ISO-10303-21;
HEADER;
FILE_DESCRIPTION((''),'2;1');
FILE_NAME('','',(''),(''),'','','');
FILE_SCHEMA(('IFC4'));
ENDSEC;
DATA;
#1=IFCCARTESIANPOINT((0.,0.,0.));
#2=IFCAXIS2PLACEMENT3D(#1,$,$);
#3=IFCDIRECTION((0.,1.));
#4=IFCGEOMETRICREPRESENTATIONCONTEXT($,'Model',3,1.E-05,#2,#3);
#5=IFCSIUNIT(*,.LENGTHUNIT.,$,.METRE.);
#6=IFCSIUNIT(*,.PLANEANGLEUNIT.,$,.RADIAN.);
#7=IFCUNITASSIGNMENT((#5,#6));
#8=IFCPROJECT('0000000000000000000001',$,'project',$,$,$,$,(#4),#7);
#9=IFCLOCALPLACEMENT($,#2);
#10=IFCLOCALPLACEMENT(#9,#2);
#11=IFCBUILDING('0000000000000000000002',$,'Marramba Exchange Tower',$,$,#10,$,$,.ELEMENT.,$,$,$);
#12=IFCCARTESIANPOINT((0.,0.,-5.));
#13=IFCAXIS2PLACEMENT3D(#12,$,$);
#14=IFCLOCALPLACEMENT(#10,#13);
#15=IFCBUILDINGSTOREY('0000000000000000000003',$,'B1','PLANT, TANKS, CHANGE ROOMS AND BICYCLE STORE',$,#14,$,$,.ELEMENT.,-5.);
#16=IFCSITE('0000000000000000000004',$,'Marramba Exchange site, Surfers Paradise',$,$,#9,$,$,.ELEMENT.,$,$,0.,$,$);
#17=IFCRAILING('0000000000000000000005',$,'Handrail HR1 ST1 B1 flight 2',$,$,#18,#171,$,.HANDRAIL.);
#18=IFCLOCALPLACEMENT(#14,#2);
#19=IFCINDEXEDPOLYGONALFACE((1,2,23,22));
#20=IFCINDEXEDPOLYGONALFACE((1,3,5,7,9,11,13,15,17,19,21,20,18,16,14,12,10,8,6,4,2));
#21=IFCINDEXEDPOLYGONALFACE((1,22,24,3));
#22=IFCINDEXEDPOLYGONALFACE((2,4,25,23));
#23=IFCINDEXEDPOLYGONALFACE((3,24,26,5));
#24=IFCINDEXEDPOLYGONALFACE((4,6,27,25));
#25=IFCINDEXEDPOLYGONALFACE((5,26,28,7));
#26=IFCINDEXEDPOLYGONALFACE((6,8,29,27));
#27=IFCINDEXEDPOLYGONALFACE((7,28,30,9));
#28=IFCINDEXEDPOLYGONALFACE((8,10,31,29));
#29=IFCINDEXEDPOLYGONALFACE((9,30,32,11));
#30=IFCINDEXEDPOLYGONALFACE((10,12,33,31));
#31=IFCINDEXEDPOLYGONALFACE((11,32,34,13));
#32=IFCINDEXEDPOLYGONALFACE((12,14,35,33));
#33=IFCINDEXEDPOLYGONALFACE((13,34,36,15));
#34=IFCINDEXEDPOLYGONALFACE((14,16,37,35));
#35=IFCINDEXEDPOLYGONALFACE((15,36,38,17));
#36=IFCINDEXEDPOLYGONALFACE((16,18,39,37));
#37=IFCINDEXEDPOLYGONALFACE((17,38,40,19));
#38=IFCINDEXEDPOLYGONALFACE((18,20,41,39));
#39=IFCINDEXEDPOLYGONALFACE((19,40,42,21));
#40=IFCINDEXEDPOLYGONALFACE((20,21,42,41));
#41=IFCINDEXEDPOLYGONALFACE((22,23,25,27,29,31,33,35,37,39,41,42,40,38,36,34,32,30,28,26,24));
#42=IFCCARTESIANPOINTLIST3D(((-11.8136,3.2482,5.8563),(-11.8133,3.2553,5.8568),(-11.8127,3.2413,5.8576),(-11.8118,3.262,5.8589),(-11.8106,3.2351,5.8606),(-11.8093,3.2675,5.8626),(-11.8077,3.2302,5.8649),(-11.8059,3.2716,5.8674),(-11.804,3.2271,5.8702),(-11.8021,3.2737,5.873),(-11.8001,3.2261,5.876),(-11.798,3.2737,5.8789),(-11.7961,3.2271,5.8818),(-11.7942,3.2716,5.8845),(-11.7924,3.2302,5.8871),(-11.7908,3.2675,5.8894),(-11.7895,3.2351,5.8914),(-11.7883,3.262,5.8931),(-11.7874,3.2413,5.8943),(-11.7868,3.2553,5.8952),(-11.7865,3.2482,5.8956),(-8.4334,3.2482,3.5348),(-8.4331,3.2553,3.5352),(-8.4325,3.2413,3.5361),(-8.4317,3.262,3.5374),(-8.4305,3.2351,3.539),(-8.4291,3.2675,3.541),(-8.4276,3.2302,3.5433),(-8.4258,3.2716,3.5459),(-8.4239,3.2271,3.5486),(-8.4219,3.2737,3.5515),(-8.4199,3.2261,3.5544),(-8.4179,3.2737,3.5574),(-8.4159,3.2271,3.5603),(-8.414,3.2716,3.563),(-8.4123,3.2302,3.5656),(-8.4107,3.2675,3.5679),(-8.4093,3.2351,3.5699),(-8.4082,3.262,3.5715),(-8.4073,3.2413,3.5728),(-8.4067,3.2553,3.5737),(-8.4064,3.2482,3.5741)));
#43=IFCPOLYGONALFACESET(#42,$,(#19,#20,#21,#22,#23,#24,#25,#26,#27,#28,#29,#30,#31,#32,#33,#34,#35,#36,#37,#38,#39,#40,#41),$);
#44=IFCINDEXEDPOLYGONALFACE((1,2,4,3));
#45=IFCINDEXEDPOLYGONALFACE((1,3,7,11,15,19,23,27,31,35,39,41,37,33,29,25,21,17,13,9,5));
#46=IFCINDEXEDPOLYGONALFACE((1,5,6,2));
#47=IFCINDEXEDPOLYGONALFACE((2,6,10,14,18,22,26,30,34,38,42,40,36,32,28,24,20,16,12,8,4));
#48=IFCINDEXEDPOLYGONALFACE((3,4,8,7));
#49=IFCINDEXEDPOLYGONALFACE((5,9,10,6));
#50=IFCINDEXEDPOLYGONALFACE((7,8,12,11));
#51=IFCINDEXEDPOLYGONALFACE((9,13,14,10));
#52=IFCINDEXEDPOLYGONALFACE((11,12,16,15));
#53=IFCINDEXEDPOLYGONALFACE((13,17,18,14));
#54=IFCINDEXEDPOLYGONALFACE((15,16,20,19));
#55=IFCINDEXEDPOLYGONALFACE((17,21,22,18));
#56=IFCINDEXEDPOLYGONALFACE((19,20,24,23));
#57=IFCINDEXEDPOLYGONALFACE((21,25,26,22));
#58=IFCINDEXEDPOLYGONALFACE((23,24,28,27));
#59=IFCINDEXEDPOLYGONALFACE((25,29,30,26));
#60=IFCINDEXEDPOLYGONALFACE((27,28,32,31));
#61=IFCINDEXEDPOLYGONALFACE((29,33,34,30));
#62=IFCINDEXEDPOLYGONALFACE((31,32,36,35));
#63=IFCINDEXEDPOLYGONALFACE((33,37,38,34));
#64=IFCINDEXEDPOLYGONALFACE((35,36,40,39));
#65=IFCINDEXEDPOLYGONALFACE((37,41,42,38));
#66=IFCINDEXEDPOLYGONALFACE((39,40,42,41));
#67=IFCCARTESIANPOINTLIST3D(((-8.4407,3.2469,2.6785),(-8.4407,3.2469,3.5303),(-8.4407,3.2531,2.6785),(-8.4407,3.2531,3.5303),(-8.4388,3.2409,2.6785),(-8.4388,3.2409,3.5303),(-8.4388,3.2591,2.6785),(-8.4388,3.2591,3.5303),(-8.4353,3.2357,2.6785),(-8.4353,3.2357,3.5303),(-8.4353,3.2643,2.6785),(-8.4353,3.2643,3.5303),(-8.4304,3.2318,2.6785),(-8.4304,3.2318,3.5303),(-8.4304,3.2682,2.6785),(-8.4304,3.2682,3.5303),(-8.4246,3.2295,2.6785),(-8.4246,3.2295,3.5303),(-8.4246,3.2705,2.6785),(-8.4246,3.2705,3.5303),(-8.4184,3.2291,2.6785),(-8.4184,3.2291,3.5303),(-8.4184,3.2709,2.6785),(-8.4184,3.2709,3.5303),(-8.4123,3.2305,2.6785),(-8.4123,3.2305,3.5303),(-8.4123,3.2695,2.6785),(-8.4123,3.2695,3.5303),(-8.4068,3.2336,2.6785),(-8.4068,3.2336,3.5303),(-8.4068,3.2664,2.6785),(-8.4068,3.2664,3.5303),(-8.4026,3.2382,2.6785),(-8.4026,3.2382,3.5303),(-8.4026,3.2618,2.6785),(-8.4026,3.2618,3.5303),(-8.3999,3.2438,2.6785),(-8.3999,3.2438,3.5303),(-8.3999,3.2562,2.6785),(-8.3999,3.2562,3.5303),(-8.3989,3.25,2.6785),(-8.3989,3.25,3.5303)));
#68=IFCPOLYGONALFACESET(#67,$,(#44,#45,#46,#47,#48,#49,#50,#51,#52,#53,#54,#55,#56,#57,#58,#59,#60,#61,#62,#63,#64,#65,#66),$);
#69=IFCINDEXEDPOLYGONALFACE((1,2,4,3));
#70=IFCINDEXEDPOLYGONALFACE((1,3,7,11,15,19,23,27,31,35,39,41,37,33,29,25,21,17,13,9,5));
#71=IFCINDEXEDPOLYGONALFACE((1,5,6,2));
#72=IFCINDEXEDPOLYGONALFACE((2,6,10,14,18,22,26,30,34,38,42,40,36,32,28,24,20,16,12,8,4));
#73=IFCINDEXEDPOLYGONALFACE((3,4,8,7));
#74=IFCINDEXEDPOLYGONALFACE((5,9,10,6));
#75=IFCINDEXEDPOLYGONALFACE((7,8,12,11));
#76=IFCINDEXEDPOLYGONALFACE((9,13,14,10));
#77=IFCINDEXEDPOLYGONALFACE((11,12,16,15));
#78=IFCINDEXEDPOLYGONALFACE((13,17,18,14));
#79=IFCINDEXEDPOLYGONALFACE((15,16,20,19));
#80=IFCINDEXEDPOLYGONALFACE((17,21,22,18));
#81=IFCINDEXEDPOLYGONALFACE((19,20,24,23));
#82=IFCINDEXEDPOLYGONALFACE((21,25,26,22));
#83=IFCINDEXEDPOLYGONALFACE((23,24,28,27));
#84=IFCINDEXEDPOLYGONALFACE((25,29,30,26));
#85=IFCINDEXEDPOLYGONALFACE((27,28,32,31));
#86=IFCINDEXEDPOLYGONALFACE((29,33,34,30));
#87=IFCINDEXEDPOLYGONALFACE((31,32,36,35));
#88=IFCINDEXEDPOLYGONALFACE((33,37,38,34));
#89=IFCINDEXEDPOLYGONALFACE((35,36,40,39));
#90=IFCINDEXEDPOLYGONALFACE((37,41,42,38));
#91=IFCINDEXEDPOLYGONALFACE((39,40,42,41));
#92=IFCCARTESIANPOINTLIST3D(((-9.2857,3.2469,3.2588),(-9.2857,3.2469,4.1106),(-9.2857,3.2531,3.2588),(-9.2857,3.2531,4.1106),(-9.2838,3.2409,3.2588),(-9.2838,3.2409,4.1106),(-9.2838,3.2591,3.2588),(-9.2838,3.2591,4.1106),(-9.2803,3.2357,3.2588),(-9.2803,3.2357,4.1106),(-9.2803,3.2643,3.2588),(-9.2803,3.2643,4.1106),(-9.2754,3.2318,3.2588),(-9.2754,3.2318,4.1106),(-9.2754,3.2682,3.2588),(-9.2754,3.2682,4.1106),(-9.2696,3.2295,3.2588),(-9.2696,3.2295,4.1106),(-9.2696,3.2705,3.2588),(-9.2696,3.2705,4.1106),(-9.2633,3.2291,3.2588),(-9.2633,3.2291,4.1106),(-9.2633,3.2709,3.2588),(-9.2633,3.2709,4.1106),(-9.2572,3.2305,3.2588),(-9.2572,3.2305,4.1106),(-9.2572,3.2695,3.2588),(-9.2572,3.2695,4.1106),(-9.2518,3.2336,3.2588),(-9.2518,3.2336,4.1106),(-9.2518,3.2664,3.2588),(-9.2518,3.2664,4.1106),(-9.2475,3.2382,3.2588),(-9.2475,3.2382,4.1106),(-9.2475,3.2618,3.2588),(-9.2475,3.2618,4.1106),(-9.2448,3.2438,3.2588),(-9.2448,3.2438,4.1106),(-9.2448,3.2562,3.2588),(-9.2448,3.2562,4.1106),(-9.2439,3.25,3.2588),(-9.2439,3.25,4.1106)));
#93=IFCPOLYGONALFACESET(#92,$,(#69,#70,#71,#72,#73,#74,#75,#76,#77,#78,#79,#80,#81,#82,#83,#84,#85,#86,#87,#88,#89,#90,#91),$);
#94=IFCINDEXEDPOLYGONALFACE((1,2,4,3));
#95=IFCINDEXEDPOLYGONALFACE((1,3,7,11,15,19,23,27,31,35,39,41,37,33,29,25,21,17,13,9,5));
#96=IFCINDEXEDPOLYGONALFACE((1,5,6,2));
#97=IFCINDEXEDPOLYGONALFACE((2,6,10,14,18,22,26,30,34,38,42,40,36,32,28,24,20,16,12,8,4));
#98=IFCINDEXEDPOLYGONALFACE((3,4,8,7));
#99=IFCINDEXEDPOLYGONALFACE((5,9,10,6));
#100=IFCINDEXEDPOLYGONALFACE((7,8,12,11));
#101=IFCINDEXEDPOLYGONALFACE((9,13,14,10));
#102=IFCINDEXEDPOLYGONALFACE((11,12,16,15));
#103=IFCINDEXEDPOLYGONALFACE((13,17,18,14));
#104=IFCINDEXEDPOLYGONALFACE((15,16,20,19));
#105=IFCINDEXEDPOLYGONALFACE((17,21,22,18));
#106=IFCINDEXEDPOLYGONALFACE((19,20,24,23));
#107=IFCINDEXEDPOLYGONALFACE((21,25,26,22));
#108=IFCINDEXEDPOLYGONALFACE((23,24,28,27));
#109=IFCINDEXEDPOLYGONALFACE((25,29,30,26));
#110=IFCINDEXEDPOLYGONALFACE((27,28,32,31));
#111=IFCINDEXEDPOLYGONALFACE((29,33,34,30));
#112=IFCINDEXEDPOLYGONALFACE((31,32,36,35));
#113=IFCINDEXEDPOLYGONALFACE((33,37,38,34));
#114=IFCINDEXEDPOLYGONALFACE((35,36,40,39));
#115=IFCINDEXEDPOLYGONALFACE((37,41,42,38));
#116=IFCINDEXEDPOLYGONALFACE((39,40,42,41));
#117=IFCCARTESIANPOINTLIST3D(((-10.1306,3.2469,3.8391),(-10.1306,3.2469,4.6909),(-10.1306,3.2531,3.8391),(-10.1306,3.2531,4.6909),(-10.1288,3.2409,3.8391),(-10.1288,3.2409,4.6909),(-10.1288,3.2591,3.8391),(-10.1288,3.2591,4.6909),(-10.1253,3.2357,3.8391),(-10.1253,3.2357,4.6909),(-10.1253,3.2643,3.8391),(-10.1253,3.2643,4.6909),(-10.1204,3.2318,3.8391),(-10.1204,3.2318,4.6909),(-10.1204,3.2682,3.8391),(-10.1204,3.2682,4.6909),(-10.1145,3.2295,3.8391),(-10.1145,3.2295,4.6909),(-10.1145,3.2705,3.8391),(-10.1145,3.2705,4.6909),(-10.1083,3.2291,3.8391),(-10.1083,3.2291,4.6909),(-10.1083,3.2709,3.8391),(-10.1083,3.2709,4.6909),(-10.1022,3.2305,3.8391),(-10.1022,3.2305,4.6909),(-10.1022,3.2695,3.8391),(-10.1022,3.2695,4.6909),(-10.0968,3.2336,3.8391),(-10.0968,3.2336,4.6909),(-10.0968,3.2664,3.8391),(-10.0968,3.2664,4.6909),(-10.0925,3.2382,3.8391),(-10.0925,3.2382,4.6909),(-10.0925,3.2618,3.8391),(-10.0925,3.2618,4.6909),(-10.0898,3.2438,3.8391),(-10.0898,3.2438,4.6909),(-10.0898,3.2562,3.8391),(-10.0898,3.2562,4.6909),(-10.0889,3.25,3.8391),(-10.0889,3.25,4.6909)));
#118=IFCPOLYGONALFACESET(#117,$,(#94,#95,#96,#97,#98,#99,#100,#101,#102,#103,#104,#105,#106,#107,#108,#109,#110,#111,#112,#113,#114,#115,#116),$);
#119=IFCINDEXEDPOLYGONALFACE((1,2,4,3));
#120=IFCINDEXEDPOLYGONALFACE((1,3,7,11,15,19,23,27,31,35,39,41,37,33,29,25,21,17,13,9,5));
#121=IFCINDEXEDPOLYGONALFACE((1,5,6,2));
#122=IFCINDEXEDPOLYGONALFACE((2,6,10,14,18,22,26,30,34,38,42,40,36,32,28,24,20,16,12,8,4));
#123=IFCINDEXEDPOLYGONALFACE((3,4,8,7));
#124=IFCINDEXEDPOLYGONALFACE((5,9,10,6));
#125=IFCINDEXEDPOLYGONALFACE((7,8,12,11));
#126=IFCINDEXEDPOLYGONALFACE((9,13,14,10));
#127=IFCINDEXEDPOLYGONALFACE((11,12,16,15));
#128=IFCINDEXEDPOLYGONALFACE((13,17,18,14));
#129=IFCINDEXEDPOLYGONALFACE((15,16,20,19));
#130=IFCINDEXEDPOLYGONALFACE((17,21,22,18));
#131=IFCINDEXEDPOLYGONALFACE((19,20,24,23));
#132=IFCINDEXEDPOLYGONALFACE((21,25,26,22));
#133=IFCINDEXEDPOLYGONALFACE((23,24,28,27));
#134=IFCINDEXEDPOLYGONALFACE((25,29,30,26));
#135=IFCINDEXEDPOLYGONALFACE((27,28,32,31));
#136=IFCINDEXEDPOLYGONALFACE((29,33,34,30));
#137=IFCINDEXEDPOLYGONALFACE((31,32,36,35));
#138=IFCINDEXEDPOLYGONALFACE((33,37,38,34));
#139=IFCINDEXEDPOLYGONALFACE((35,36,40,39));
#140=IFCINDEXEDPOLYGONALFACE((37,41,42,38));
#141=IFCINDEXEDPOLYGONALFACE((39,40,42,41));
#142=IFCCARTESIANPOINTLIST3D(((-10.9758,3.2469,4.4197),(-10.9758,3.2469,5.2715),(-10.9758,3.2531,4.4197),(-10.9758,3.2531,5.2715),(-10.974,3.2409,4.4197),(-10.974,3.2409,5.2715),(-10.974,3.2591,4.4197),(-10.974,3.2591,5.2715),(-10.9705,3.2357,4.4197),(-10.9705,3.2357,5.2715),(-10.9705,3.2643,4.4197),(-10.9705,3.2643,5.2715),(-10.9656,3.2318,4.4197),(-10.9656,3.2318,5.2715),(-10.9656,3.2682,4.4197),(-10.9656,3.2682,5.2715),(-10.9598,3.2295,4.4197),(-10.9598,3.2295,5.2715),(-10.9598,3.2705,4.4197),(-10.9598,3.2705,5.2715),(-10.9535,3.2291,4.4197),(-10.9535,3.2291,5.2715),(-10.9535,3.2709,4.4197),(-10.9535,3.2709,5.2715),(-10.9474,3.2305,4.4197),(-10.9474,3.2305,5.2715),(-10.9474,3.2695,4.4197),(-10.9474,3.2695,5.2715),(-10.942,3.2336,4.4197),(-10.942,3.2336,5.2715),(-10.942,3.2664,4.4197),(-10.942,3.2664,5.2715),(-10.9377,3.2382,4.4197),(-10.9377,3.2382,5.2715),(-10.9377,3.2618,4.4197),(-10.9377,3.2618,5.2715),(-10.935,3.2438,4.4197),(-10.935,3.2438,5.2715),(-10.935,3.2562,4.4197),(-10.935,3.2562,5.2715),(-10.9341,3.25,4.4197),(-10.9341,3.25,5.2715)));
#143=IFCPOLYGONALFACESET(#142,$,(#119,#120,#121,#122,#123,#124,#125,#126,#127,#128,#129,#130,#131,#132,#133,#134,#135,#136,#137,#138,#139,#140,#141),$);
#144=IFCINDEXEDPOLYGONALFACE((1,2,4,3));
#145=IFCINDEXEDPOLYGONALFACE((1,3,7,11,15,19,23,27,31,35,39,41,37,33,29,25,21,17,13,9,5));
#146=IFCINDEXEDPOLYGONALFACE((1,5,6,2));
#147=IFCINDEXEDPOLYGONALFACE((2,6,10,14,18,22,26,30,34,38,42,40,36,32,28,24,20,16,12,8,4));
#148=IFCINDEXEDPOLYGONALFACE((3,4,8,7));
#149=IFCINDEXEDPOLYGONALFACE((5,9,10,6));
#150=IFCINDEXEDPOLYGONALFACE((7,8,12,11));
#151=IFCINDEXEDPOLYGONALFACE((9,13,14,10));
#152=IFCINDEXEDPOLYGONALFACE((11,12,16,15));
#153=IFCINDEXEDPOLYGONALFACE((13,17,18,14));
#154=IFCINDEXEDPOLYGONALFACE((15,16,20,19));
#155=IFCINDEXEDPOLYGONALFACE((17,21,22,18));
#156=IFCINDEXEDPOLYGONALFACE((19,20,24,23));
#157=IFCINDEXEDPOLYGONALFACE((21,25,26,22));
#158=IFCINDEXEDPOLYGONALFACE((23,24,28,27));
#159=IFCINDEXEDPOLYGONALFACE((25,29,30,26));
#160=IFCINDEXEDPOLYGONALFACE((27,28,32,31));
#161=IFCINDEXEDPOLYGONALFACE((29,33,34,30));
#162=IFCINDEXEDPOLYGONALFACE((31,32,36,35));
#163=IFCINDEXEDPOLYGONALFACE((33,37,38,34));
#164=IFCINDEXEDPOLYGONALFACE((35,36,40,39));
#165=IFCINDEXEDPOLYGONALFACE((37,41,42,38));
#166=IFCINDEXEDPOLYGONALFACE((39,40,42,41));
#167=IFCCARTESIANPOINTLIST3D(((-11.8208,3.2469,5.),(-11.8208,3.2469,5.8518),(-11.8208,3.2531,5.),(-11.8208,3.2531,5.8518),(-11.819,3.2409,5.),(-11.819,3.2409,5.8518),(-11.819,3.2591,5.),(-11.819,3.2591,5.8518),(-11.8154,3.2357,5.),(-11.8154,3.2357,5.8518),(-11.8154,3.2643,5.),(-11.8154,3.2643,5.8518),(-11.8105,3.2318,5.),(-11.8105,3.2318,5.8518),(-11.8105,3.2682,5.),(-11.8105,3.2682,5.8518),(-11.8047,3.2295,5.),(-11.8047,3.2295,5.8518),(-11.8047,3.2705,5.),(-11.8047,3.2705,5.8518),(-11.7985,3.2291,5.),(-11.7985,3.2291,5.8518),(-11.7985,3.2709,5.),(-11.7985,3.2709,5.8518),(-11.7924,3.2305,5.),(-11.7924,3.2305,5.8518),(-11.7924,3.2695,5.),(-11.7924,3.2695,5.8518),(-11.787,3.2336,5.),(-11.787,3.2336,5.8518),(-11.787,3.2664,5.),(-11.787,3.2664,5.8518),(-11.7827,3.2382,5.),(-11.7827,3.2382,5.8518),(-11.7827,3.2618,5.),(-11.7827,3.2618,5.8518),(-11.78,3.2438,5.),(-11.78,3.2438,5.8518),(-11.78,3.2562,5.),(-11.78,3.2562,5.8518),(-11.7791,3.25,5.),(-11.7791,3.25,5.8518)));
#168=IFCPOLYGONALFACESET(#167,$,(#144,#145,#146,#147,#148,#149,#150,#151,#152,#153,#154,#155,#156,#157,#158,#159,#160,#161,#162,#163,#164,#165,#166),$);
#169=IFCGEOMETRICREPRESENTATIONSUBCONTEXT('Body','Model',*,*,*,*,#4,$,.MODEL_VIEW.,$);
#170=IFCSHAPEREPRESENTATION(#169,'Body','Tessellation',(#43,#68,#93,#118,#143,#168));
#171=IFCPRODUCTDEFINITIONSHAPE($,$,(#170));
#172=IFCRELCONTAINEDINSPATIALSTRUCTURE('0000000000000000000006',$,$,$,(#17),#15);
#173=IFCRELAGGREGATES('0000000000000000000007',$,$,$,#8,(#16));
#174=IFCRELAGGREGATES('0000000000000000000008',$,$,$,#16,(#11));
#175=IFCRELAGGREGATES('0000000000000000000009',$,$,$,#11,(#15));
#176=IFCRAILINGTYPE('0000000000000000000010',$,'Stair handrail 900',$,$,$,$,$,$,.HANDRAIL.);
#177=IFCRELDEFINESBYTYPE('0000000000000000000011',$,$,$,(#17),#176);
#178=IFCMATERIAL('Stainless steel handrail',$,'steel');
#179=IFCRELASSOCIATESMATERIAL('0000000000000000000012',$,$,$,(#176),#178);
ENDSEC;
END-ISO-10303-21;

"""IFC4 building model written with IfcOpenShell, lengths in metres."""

from ifc_helpers import new_model, si_unit, direction, frame, origin, origin_2d, place, context, subcontext, project, spatial, circle, extrude, material, type_object, element, save


model = new_model("IFC4")

# Units and contexts
model_context = context("Model", 3, precision=1e-05, world=origin(), true_north=direction((0.0, 1.0)))
body_context = subcontext(model_context, "Body", "Model", "MODEL_VIEW")
ifc_project = project(units=[si_unit("LENGTHUNIT", "METRE"), si_unit("PLANEANGLEUNIT", "RADIAN")], contexts=[model_context])

# Site, building, storey
site_placement = place(None, origin())
site = spatial("IfcSite", under=ifc_project, at=site_placement, Name="Marramba Exchange site, Surfers Paradise", CompositionType="ELEMENT", RefElevation=0.0)
building_placement = place(site_placement, origin())
building = spatial("IfcBuilding", under=site, at=building_placement, Name="Marramba Exchange Tower", CompositionType="ELEMENT")
storey_placement = place(building_placement, frame((0.0, 0.0, -5.0)))
storey = spatial("IfcBuildingStorey", under=building, at=storey_placement, Name="B1", Description="PLANT, TANKS, CHANGE ROOMS AND BICYCLE STORE", CompositionType="ELEMENT", Elevation=-5.0)

# Railing
ifc_material_1 = material(Name="Stainless steel handrail", Category="steel")
railing_type = type_object("IfcRailingType", Name="Stair handrail 900", PredefinedType="HANDRAIL", material=ifc_material_1)
railing_1_placement = place(storey_placement, frame((-8.4199, 3.25, 2.6785)))
element("IfcRailing", 1, at=railing_1_placement, inside=storey, type_object=railing_type, Name="Handrail HR1 ST1 B1 flight 2", PredefinedType="HANDRAIL", context=body_context, shape_type="SweptSolid", body=[
    extrude(circle(Radius=0.0239, at=origin_2d()), frame((0.0, 0.0, 0.876), z_axis=(-0.824304, 0.0, 0.566147), x_axis=(0.0, -1.0, 0.0)), (0.0, 0.0, 1.0), 4.1006),
    extrude(circle(Radius=0.021, at=origin_2d()), origin(), (0.0, 0.0, 1.0), 0.8518),
    extrude(circle(Radius=0.021, at=origin_2d()), frame((-0.845, 0.0, 0.5803)), (0.0, 0.0, 1.0), 0.8518),
    extrude(circle(Radius=0.021, at=origin_2d()), frame((-1.6899, 0.0, 1.1606)), (0.0, 0.0, 1.0), 0.8518),
    extrude(circle(Radius=0.021, at=origin_2d()), frame((-2.5352, 0.0, 1.7412)), (0.0, 0.0, 1.0), 0.8518),
    extrude(circle(Radius=0.021, at=origin_2d()), frame((-3.3801, 0.0, 2.3215)), (0.0, 0.0, 1.0), 0.8518),
])

save(model, "model.ifc")
